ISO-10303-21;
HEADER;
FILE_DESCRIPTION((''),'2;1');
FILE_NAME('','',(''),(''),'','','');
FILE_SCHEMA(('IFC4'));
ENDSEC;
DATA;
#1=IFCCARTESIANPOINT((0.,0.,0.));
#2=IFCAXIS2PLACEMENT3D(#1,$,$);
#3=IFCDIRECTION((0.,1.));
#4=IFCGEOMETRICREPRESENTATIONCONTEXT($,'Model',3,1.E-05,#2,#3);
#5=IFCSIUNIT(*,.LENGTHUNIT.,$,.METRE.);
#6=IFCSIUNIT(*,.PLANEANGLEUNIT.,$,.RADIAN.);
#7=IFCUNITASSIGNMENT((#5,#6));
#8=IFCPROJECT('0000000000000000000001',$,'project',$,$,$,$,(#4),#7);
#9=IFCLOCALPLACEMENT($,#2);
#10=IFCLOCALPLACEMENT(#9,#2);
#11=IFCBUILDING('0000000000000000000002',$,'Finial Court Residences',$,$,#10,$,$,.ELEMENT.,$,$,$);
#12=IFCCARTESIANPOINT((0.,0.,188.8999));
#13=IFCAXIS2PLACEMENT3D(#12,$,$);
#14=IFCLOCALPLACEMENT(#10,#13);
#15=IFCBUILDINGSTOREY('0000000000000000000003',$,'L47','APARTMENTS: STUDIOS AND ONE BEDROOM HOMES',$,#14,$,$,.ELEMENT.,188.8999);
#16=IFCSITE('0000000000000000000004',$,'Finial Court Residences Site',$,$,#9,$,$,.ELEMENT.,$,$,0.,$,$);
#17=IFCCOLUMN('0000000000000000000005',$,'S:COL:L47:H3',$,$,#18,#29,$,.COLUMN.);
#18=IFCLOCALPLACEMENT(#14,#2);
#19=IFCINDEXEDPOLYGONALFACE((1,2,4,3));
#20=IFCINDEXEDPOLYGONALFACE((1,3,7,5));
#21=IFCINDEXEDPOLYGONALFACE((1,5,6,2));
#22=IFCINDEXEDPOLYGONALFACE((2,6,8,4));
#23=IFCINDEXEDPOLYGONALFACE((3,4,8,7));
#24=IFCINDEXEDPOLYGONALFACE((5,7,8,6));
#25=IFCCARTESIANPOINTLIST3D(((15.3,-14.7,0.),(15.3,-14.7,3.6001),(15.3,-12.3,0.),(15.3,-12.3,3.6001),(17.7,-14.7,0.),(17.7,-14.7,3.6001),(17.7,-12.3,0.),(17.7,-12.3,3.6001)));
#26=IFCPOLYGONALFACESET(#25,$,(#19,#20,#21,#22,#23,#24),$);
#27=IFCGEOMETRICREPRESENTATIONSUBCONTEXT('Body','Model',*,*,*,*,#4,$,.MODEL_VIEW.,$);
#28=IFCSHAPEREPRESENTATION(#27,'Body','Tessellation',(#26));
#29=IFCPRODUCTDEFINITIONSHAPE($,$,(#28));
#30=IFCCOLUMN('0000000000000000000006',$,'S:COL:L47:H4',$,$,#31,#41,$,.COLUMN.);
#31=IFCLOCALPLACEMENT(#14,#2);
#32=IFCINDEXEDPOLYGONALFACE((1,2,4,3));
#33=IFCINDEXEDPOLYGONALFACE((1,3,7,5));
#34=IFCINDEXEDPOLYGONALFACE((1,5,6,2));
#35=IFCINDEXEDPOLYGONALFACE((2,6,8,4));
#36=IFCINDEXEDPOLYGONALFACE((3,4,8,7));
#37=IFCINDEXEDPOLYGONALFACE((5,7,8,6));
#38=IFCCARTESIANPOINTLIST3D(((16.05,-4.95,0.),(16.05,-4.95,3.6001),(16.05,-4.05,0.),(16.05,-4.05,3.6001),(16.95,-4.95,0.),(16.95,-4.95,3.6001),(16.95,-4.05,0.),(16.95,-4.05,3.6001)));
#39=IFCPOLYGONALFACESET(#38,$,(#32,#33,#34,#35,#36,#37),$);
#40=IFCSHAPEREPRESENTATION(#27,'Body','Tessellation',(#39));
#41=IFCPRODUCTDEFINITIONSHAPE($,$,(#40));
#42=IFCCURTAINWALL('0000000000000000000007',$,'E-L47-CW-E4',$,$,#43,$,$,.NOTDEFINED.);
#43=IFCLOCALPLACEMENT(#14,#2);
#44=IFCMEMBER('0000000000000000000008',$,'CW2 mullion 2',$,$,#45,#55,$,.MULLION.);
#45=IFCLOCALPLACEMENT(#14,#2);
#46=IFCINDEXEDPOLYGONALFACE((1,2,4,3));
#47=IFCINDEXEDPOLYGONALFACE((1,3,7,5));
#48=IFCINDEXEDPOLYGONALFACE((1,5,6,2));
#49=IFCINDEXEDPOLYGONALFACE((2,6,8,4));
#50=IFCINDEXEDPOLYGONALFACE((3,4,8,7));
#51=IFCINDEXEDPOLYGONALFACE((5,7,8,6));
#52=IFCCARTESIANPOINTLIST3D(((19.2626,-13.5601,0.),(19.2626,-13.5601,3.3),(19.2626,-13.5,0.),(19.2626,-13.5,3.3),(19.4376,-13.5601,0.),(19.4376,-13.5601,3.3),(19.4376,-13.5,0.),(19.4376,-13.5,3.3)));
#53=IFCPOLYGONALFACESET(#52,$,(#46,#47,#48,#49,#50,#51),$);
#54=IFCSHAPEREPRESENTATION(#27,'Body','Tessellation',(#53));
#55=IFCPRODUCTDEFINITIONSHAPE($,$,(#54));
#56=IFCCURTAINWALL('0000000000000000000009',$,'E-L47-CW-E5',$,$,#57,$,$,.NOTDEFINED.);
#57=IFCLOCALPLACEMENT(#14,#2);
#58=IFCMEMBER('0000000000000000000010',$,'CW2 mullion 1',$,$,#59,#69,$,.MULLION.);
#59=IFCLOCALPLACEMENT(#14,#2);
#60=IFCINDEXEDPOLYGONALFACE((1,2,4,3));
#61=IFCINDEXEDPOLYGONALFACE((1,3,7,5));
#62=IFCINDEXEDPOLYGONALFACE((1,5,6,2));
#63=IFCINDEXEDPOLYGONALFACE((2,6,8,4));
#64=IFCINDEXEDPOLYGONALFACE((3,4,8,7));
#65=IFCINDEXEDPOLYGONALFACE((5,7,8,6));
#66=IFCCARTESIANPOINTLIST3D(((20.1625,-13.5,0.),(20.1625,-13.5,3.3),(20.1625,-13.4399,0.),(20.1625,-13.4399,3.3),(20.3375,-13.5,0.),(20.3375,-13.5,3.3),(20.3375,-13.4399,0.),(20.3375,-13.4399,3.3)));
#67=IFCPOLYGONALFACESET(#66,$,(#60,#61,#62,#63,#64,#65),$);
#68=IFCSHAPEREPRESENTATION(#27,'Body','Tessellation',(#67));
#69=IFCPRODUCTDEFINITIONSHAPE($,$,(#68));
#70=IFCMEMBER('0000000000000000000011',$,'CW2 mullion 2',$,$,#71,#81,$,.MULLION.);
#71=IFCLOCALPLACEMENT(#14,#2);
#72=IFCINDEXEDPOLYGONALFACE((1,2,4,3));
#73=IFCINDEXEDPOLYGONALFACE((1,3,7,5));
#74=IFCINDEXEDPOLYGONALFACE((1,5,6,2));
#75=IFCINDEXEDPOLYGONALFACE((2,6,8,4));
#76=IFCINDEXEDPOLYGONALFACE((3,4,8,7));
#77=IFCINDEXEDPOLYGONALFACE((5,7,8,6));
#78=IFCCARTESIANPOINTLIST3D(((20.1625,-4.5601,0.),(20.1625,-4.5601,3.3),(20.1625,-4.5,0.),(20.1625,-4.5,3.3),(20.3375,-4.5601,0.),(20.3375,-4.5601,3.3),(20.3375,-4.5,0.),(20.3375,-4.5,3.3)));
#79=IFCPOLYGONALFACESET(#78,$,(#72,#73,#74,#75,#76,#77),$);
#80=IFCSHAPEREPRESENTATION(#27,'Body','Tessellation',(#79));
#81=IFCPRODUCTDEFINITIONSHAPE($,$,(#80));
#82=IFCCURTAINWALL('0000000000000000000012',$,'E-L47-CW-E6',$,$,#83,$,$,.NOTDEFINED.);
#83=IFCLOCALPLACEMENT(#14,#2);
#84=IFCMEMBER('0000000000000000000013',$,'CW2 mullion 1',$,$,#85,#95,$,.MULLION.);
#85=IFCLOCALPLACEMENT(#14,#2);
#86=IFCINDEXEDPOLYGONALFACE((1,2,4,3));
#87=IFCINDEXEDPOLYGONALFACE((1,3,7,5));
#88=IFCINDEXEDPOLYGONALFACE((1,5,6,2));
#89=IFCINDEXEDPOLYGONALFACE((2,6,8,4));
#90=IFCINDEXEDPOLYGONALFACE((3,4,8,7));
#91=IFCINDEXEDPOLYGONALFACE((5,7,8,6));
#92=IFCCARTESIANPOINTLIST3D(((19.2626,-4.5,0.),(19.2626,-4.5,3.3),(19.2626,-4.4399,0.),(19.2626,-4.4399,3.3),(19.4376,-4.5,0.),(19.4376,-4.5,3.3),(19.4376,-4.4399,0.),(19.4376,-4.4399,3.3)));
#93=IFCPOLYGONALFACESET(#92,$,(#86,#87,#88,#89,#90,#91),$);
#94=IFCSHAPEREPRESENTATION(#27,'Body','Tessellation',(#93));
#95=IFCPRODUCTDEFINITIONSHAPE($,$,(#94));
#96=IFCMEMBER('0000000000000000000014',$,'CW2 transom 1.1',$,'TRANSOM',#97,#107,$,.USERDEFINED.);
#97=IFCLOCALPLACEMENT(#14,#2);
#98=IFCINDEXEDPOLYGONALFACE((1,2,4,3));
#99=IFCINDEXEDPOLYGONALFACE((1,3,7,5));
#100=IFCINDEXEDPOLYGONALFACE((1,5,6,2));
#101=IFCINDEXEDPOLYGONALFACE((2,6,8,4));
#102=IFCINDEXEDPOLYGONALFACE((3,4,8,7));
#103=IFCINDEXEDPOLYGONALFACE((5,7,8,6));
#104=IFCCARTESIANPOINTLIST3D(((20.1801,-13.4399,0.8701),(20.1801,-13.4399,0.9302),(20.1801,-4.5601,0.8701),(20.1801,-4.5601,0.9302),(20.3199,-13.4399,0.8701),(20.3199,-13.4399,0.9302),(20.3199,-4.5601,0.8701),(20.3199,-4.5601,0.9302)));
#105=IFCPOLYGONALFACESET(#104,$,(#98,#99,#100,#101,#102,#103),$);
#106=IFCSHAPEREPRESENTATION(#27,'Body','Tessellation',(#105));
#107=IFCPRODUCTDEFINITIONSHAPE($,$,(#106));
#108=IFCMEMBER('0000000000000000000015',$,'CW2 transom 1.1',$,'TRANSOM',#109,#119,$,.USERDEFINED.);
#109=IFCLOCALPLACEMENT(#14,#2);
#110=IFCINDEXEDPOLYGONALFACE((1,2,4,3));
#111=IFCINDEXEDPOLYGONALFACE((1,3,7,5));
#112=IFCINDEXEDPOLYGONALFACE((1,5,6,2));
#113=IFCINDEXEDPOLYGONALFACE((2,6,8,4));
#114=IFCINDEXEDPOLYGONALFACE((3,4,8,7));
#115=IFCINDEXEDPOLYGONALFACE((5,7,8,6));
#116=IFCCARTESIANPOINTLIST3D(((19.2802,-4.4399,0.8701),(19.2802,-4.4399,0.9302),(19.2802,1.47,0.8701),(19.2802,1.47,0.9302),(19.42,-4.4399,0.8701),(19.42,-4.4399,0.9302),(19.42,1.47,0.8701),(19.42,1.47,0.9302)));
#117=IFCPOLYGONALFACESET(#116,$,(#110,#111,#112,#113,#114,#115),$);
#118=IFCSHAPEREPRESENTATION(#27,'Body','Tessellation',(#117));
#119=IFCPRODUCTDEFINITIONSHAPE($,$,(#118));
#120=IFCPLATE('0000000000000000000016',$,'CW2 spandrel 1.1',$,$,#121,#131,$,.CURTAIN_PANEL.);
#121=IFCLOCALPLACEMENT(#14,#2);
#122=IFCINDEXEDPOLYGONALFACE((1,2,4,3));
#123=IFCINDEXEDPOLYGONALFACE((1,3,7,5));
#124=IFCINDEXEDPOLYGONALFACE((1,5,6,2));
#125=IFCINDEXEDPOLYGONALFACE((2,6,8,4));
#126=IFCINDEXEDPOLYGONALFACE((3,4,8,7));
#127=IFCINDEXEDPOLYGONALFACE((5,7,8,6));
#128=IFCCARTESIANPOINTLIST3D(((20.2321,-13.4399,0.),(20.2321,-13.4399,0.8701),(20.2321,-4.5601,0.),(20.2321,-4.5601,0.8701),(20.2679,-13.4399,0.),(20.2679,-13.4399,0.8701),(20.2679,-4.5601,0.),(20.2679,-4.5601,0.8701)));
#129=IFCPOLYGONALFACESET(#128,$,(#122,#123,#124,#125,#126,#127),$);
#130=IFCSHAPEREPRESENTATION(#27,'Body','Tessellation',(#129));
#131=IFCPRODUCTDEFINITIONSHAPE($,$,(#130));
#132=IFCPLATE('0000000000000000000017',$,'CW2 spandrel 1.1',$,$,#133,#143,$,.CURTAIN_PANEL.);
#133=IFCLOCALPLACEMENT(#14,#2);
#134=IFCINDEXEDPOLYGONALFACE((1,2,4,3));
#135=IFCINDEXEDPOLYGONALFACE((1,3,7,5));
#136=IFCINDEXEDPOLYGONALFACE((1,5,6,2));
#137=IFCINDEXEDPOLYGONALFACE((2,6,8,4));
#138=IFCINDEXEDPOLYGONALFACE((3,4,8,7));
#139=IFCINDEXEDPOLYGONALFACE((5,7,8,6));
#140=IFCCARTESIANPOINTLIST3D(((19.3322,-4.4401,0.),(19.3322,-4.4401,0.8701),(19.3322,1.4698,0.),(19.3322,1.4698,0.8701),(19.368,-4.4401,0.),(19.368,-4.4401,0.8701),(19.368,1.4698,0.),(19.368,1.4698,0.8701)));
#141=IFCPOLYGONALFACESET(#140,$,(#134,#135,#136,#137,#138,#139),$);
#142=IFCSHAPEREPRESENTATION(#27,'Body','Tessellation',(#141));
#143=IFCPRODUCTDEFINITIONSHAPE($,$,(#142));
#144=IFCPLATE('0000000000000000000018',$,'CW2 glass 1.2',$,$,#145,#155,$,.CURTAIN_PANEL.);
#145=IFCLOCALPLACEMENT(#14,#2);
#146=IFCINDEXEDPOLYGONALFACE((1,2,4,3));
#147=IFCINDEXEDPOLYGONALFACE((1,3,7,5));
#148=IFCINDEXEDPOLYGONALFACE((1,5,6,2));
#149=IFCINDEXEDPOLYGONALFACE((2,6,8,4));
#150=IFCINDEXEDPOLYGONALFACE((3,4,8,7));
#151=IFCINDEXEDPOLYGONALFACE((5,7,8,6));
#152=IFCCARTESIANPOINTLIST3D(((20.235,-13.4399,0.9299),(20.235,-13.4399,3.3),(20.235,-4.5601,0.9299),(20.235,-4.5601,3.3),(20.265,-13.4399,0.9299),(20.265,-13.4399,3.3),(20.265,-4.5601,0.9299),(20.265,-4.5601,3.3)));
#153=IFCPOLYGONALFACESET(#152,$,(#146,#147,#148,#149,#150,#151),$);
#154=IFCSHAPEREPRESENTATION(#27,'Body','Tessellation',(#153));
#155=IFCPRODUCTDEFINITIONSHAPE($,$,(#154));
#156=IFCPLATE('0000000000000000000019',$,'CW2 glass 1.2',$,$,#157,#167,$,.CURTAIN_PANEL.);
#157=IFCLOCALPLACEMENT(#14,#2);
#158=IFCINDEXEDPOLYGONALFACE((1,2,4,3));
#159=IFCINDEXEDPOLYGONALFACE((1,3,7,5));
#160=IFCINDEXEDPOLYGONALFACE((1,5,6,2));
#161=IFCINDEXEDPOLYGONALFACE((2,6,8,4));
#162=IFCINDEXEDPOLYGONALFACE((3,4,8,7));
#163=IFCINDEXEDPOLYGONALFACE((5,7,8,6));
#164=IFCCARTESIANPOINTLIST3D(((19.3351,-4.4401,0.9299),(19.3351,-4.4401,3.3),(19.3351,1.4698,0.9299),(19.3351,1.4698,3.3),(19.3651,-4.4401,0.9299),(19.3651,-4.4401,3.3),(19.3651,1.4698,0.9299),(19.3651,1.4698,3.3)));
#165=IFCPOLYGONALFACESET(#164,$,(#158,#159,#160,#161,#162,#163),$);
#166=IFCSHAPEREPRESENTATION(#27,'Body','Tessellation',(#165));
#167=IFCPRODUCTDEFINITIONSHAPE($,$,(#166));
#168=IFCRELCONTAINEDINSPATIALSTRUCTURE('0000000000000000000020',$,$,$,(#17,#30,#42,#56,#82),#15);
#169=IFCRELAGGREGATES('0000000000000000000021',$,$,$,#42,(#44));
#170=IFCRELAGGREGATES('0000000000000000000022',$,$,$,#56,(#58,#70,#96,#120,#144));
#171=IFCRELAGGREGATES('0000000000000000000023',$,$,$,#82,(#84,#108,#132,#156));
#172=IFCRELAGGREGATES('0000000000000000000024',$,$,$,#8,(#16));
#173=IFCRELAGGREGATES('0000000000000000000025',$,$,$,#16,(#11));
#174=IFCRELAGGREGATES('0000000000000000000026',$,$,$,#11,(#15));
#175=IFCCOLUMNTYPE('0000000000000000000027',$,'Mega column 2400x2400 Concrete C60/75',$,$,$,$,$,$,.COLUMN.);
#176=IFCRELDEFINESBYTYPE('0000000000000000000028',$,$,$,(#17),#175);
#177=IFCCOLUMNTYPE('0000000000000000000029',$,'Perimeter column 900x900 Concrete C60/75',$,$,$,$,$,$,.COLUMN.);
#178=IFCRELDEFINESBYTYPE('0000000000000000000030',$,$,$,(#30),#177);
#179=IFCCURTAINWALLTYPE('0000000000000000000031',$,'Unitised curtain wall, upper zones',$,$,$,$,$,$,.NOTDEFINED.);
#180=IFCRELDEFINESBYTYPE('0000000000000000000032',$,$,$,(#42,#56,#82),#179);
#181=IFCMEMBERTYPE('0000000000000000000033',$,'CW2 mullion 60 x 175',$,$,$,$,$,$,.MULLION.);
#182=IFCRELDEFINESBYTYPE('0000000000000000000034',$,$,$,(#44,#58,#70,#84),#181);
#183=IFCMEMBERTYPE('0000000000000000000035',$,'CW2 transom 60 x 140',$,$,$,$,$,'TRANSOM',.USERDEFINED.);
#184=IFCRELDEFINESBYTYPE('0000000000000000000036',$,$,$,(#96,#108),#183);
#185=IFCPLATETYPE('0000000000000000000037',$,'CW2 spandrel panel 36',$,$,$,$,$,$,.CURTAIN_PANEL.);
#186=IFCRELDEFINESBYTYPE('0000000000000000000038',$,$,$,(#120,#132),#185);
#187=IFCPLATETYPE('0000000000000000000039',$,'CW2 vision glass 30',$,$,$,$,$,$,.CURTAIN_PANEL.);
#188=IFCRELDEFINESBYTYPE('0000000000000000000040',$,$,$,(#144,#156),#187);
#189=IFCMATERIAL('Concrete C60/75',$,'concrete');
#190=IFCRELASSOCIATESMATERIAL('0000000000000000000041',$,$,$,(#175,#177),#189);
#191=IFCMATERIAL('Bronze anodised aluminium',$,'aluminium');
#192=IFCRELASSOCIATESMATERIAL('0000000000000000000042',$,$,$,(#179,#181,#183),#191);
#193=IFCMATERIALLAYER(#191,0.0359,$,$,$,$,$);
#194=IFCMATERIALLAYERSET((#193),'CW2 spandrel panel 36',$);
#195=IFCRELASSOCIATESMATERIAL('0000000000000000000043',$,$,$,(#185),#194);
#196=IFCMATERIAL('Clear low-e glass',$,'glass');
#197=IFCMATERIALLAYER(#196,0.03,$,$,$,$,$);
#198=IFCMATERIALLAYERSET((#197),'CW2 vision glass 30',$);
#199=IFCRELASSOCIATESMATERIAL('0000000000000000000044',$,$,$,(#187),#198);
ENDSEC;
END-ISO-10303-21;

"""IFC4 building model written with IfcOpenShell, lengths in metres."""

from ifc_helpers import new_model, si_unit, direction, frame, origin, origin_2d, place, context, subcontext, project, spatial, rectangle, extrude, material, layer, layer_set, material_profile, profile_set, type_object, element, aggregate, save


model = new_model("IFC4")

# Units and contexts
model_context = context("Model", 3, precision=1e-05, world=origin(), true_north=direction((0.0, 1.0)))
body_context = subcontext(model_context, "Body", "Model", "MODEL_VIEW")
ifc_project = project(units=[si_unit("LENGTHUNIT", "METRE"), si_unit("PLANEANGLEUNIT", "RADIAN")], contexts=[model_context])

# Site, building, storey
site_placement = place(None, origin())
site = spatial("IfcSite", under=ifc_project, at=site_placement, Name="Finial Court Residences Site", CompositionType="ELEMENT", RefElevation=0.0)
building_placement = place(site_placement, origin())
building = spatial("IfcBuilding", under=site, at=building_placement, Name="Finial Court Residences", CompositionType="ELEMENT")
storey_placement = place(building_placement, frame((0.0, 0.0, 188.8999)))
storey = spatial("IfcBuildingStorey", under=building, at=storey_placement, Name="L47", Description="APARTMENTS: STUDIOS AND ONE BEDROOM HOMES", CompositionType="ELEMENT", Elevation=188.8999)

# Columns
ifc_material_1 = material(Name="Concrete C60/75", Category="concrete")
ifc_material_profile_1 = material_profile(ifc_material_1, rectangle(XDim=2.3999, YDim=2.3999, at=origin_2d()), Name="2400x2400")
ifc_profile_set_1 = profile_set([ifc_material_profile_1], Name="Concrete C60/75")
column_type_1 = type_object("IfcColumnType", Name="Mega column 2400x2400 Concrete C60/75", PredefinedType="COLUMN", material=ifc_profile_set_1)
column_1_placement = place(storey_placement, frame((16.5, -13.5, 0.0), z_axis=(0.0, 0.0, 1.0), x_axis=(1.0, 0.0, 0.0)))
element("IfcColumn", 1, at=column_1_placement, inside=storey, type_object=column_type_1, Name="S:COL:L47:H3", PredefinedType="COLUMN", context=body_context, shape_type="SweptSolid", body=[
    extrude(rectangle(XDim=2.3999, YDim=2.3999, at=origin_2d()), origin(), (0.0, 0.0, 1.0), 3.6001),
])
ifc_material_profile_2 = material_profile(ifc_material_1, rectangle(XDim=0.8999, YDim=0.8999, at=origin_2d()), Name="900x900")
ifc_profile_set_2 = profile_set([ifc_material_profile_2], Name="Concrete C60/75")
column_type_2 = type_object("IfcColumnType", Name="Perimeter column 900x900 Concrete C60/75", PredefinedType="COLUMN", material=ifc_profile_set_2)
column_2_placement = place(storey_placement, frame((16.5, -4.5, 0.0), z_axis=(0.0, 0.0, 1.0), x_axis=(1.0, 0.0, 0.0)))
element("IfcColumn", 2, at=column_2_placement, inside=storey, type_object=column_type_2, Name="S:COL:L47:H4", PredefinedType="COLUMN", context=body_context, shape_type="SweptSolid", body=[
    extrude(rectangle(XDim=0.8999, YDim=0.8999, at=origin_2d()), origin(), (0.0, 0.0, 1.0), 3.6001),
])

# Curtain wall, member
ifc_material_2 = material(Name="Bronze anodised aluminium", Category="aluminium")
curtain_wall_type = type_object("IfcCurtainWallType", Name="Unitised curtain wall, upper zones", PredefinedType="NOTDEFINED", material=ifc_material_2)
curtain_wall_1_placement = place(storey_placement, origin())
curtain_wall_1 = element("IfcCurtainWall", 3, at=curtain_wall_1_placement, inside=storey, type_object=curtain_wall_type, Name="E-L47-CW-E4", PredefinedType="NOTDEFINED")
ifc_material_profile_3 = material_profile(ifc_material_2, rectangle(XDim=0.175, YDim=0.0601, at=origin_2d()), Name="CW2 mullion 60 x 175")
ifc_profile_set_3 = profile_set([ifc_material_profile_3], Name="Bronze anodised aluminium")
member_type_1 = type_object("IfcMemberType", Name="CW2 mullion 60 x 175", PredefinedType="MULLION", material=ifc_profile_set_3)
member_1_placement = place(storey_placement, frame((19.3501, -13.53, 0.0), z_axis=(0.0, 0.0, 1.0), x_axis=(-1.0, 0.0, 0.0)))
member_1 = element("IfcMember", 4, at=member_1_placement, type_object=member_type_1, Name="CW2 mullion 2", PredefinedType="MULLION", context=body_context, shape_type="SweptSolid", body=[
    extrude(rectangle(XDim=0.175, YDim=0.0601, at=origin_2d()), origin(), (0.0, 0.0, 1.0), 3.3),
])
aggregate(curtain_wall_1, [member_1])

# Curtain wall, members
curtain_wall_2_placement = place(storey_placement, origin())
curtain_wall_2 = element("IfcCurtainWall", 5, at=curtain_wall_2_placement, inside=storey, type_object=curtain_wall_type, Name="E-L47-CW-E5", PredefinedType="NOTDEFINED")
member_2_placement = place(storey_placement, frame((20.25, -13.47, 0.0), z_axis=(0.0, 0.0, 1.0), x_axis=(-1.0, 0.0, 0.0)))
member_2 = element("IfcMember", 6, at=member_2_placement, type_object=member_type_1, Name="CW2 mullion 1", PredefinedType="MULLION", context=body_context, shape_type="SweptSolid", body=[
    extrude(rectangle(XDim=0.175, YDim=0.0601, at=origin_2d()), origin(), (0.0, 0.0, 1.0), 3.3),
])
member_3_placement = place(storey_placement, frame((20.25, -4.53, 0.0), z_axis=(0.0, 0.0, 1.0), x_axis=(-1.0, 0.0, 0.0)))
member_3 = element("IfcMember", 7, at=member_3_placement, type_object=member_type_1, Name="CW2 mullion 2", PredefinedType="MULLION", context=body_context, shape_type="SweptSolid", body=[
    extrude(rectangle(XDim=0.175, YDim=0.0601, at=origin_2d()), origin(), (0.0, 0.0, 1.0), 3.3),
])

# Curtain wall, member
curtain_wall_3_placement = place(storey_placement, origin())
curtain_wall_3 = element("IfcCurtainWall", 8, at=curtain_wall_3_placement, inside=storey, type_object=curtain_wall_type, Name="E-L47-CW-E6", PredefinedType="NOTDEFINED")
member_4_placement = place(storey_placement, frame((19.3501, -4.47, 0.0), z_axis=(0.0, 0.0, 1.0), x_axis=(-1.0, 0.0, 0.0)))
member_4 = element("IfcMember", 9, at=member_4_placement, type_object=member_type_1, Name="CW2 mullion 1", PredefinedType="MULLION", context=body_context, shape_type="SweptSolid", body=[
    extrude(rectangle(XDim=0.175, YDim=0.0601, at=origin_2d()), origin(), (0.0, 0.0, 1.0), 3.3),
])

# Members
ifc_material_profile_4 = material_profile(ifc_material_2, rectangle(XDim=0.1399, YDim=0.0601, at=origin_2d()), Name="CW2 transom 60 x 140")
ifc_profile_set_4 = profile_set([ifc_material_profile_4], Name="Bronze anodised aluminium")
member_type_2 = type_object("IfcMemberType", Name="CW2 transom 60 x 140", ElementType="TRANSOM", PredefinedType="USERDEFINED", material=ifc_profile_set_4)
member_5_placement = place(storey_placement, frame((20.25, -13.4399, 0.9001), z_axis=(0.0, 1.0, 0.0), x_axis=(-1.0, 0.0, 0.0)))
member_5 = element("IfcMember", 10, at=member_5_placement, type_object=member_type_2, Name="CW2 transom 1.1", ObjectType="TRANSOM", PredefinedType="USERDEFINED", context=body_context, shape_type="SweptSolid", body=[
    extrude(rectangle(XDim=0.1399, YDim=0.0601, at=origin_2d()), origin(), (0.0, 0.0, 1.0), 8.8799),
])
member_6_placement = place(storey_placement, frame((19.3501, -4.4399, 0.9001), z_axis=(0.0, 1.0, 0.0), x_axis=(-1.0, 0.0, 0.0)))
member_6 = element("IfcMember", 11, at=member_6_placement, type_object=member_type_2, Name="CW2 transom 1.1", ObjectType="TRANSOM", PredefinedType="USERDEFINED", context=body_context, shape_type="SweptSolid", body=[
    extrude(rectangle(XDim=0.1399, YDim=0.0601, at=origin_2d()), origin(), (0.0, 0.0, 1.0), 5.9099),
])

# Plates
ifc_layer_1 = layer(ifc_material_2, 0.0359)
ifc_layer_set_1 = layer_set([ifc_layer_1], Name="CW2 spandrel panel 36")
plate_type_1 = type_object("IfcPlateType", Name="CW2 spandrel panel 36", PredefinedType="CURTAIN_PANEL", material=ifc_layer_set_1)
plate_1_placement = place(storey_placement, frame((20.25, -9.0, 0.0), z_axis=(0.0, 0.0, 1.0), x_axis=(0.0, 1.0, 0.0)))
plate_1 = element("IfcPlate", 12, at=plate_1_placement, type_object=plate_type_1, Name="CW2 spandrel 1.1", PredefinedType="CURTAIN_PANEL", context=body_context, shape_type="SweptSolid", body=[
    extrude(rectangle(XDim=8.8799, YDim=0.0359, at=origin_2d()), origin(), (0.0, 0.0, 1.0), 0.8701),
])
plate_2_placement = place(storey_placement, frame((19.3501, -1.4851, 0.0), z_axis=(0.0, 0.0, 1.0), x_axis=(0.0, 1.0, 0.0)))
plate_2 = element("IfcPlate", 13, at=plate_2_placement, type_object=plate_type_1, Name="CW2 spandrel 1.1", PredefinedType="CURTAIN_PANEL", context=body_context, shape_type="SweptSolid", body=[
    extrude(rectangle(XDim=5.9099, YDim=0.0359, at=origin_2d()), origin(), (0.0, 0.0, 1.0), 0.8701),
])
ifc_material_3 = material(Name="Clear low-e glass", Category="glass")
ifc_layer_2 = layer(ifc_material_3, 0.03)
ifc_layer_set_2 = layer_set([ifc_layer_2], Name="CW2 vision glass 30")
plate_type_2 = type_object("IfcPlateType", Name="CW2 vision glass 30", PredefinedType="CURTAIN_PANEL", material=ifc_layer_set_2)
plate_3_placement = place(storey_placement, frame((20.25, -9.0, 0.9299), z_axis=(0.0, 0.0, 1.0), x_axis=(0.0, 1.0, 0.0)))
plate_3 = element("IfcPlate", 14, at=plate_3_placement, type_object=plate_type_2, Name="CW2 glass 1.2", PredefinedType="CURTAIN_PANEL", context=body_context, shape_type="SweptSolid", body=[
    extrude(rectangle(XDim=8.8799, YDim=0.03, at=origin_2d()), origin(), (0.0, 0.0, 1.0), 2.3701),
])
aggregate(curtain_wall_2, [member_2, member_3, member_5, plate_1, plate_3])
plate_4_placement = place(storey_placement, frame((19.3501, -1.4851, 0.9299), z_axis=(0.0, 0.0, 1.0), x_axis=(0.0, 1.0, 0.0)))
plate_4 = element("IfcPlate", 15, at=plate_4_placement, type_object=plate_type_2, Name="CW2 glass 1.2", PredefinedType="CURTAIN_PANEL", context=body_context, shape_type="SweptSolid", body=[
    extrude(rectangle(XDim=5.9099, YDim=0.03, at=origin_2d()), origin(), (0.0, 0.0, 1.0), 2.3701),
])
aggregate(curtain_wall_3, [member_4, member_6, plate_2, plate_4])

save(model, "model.ifc")
